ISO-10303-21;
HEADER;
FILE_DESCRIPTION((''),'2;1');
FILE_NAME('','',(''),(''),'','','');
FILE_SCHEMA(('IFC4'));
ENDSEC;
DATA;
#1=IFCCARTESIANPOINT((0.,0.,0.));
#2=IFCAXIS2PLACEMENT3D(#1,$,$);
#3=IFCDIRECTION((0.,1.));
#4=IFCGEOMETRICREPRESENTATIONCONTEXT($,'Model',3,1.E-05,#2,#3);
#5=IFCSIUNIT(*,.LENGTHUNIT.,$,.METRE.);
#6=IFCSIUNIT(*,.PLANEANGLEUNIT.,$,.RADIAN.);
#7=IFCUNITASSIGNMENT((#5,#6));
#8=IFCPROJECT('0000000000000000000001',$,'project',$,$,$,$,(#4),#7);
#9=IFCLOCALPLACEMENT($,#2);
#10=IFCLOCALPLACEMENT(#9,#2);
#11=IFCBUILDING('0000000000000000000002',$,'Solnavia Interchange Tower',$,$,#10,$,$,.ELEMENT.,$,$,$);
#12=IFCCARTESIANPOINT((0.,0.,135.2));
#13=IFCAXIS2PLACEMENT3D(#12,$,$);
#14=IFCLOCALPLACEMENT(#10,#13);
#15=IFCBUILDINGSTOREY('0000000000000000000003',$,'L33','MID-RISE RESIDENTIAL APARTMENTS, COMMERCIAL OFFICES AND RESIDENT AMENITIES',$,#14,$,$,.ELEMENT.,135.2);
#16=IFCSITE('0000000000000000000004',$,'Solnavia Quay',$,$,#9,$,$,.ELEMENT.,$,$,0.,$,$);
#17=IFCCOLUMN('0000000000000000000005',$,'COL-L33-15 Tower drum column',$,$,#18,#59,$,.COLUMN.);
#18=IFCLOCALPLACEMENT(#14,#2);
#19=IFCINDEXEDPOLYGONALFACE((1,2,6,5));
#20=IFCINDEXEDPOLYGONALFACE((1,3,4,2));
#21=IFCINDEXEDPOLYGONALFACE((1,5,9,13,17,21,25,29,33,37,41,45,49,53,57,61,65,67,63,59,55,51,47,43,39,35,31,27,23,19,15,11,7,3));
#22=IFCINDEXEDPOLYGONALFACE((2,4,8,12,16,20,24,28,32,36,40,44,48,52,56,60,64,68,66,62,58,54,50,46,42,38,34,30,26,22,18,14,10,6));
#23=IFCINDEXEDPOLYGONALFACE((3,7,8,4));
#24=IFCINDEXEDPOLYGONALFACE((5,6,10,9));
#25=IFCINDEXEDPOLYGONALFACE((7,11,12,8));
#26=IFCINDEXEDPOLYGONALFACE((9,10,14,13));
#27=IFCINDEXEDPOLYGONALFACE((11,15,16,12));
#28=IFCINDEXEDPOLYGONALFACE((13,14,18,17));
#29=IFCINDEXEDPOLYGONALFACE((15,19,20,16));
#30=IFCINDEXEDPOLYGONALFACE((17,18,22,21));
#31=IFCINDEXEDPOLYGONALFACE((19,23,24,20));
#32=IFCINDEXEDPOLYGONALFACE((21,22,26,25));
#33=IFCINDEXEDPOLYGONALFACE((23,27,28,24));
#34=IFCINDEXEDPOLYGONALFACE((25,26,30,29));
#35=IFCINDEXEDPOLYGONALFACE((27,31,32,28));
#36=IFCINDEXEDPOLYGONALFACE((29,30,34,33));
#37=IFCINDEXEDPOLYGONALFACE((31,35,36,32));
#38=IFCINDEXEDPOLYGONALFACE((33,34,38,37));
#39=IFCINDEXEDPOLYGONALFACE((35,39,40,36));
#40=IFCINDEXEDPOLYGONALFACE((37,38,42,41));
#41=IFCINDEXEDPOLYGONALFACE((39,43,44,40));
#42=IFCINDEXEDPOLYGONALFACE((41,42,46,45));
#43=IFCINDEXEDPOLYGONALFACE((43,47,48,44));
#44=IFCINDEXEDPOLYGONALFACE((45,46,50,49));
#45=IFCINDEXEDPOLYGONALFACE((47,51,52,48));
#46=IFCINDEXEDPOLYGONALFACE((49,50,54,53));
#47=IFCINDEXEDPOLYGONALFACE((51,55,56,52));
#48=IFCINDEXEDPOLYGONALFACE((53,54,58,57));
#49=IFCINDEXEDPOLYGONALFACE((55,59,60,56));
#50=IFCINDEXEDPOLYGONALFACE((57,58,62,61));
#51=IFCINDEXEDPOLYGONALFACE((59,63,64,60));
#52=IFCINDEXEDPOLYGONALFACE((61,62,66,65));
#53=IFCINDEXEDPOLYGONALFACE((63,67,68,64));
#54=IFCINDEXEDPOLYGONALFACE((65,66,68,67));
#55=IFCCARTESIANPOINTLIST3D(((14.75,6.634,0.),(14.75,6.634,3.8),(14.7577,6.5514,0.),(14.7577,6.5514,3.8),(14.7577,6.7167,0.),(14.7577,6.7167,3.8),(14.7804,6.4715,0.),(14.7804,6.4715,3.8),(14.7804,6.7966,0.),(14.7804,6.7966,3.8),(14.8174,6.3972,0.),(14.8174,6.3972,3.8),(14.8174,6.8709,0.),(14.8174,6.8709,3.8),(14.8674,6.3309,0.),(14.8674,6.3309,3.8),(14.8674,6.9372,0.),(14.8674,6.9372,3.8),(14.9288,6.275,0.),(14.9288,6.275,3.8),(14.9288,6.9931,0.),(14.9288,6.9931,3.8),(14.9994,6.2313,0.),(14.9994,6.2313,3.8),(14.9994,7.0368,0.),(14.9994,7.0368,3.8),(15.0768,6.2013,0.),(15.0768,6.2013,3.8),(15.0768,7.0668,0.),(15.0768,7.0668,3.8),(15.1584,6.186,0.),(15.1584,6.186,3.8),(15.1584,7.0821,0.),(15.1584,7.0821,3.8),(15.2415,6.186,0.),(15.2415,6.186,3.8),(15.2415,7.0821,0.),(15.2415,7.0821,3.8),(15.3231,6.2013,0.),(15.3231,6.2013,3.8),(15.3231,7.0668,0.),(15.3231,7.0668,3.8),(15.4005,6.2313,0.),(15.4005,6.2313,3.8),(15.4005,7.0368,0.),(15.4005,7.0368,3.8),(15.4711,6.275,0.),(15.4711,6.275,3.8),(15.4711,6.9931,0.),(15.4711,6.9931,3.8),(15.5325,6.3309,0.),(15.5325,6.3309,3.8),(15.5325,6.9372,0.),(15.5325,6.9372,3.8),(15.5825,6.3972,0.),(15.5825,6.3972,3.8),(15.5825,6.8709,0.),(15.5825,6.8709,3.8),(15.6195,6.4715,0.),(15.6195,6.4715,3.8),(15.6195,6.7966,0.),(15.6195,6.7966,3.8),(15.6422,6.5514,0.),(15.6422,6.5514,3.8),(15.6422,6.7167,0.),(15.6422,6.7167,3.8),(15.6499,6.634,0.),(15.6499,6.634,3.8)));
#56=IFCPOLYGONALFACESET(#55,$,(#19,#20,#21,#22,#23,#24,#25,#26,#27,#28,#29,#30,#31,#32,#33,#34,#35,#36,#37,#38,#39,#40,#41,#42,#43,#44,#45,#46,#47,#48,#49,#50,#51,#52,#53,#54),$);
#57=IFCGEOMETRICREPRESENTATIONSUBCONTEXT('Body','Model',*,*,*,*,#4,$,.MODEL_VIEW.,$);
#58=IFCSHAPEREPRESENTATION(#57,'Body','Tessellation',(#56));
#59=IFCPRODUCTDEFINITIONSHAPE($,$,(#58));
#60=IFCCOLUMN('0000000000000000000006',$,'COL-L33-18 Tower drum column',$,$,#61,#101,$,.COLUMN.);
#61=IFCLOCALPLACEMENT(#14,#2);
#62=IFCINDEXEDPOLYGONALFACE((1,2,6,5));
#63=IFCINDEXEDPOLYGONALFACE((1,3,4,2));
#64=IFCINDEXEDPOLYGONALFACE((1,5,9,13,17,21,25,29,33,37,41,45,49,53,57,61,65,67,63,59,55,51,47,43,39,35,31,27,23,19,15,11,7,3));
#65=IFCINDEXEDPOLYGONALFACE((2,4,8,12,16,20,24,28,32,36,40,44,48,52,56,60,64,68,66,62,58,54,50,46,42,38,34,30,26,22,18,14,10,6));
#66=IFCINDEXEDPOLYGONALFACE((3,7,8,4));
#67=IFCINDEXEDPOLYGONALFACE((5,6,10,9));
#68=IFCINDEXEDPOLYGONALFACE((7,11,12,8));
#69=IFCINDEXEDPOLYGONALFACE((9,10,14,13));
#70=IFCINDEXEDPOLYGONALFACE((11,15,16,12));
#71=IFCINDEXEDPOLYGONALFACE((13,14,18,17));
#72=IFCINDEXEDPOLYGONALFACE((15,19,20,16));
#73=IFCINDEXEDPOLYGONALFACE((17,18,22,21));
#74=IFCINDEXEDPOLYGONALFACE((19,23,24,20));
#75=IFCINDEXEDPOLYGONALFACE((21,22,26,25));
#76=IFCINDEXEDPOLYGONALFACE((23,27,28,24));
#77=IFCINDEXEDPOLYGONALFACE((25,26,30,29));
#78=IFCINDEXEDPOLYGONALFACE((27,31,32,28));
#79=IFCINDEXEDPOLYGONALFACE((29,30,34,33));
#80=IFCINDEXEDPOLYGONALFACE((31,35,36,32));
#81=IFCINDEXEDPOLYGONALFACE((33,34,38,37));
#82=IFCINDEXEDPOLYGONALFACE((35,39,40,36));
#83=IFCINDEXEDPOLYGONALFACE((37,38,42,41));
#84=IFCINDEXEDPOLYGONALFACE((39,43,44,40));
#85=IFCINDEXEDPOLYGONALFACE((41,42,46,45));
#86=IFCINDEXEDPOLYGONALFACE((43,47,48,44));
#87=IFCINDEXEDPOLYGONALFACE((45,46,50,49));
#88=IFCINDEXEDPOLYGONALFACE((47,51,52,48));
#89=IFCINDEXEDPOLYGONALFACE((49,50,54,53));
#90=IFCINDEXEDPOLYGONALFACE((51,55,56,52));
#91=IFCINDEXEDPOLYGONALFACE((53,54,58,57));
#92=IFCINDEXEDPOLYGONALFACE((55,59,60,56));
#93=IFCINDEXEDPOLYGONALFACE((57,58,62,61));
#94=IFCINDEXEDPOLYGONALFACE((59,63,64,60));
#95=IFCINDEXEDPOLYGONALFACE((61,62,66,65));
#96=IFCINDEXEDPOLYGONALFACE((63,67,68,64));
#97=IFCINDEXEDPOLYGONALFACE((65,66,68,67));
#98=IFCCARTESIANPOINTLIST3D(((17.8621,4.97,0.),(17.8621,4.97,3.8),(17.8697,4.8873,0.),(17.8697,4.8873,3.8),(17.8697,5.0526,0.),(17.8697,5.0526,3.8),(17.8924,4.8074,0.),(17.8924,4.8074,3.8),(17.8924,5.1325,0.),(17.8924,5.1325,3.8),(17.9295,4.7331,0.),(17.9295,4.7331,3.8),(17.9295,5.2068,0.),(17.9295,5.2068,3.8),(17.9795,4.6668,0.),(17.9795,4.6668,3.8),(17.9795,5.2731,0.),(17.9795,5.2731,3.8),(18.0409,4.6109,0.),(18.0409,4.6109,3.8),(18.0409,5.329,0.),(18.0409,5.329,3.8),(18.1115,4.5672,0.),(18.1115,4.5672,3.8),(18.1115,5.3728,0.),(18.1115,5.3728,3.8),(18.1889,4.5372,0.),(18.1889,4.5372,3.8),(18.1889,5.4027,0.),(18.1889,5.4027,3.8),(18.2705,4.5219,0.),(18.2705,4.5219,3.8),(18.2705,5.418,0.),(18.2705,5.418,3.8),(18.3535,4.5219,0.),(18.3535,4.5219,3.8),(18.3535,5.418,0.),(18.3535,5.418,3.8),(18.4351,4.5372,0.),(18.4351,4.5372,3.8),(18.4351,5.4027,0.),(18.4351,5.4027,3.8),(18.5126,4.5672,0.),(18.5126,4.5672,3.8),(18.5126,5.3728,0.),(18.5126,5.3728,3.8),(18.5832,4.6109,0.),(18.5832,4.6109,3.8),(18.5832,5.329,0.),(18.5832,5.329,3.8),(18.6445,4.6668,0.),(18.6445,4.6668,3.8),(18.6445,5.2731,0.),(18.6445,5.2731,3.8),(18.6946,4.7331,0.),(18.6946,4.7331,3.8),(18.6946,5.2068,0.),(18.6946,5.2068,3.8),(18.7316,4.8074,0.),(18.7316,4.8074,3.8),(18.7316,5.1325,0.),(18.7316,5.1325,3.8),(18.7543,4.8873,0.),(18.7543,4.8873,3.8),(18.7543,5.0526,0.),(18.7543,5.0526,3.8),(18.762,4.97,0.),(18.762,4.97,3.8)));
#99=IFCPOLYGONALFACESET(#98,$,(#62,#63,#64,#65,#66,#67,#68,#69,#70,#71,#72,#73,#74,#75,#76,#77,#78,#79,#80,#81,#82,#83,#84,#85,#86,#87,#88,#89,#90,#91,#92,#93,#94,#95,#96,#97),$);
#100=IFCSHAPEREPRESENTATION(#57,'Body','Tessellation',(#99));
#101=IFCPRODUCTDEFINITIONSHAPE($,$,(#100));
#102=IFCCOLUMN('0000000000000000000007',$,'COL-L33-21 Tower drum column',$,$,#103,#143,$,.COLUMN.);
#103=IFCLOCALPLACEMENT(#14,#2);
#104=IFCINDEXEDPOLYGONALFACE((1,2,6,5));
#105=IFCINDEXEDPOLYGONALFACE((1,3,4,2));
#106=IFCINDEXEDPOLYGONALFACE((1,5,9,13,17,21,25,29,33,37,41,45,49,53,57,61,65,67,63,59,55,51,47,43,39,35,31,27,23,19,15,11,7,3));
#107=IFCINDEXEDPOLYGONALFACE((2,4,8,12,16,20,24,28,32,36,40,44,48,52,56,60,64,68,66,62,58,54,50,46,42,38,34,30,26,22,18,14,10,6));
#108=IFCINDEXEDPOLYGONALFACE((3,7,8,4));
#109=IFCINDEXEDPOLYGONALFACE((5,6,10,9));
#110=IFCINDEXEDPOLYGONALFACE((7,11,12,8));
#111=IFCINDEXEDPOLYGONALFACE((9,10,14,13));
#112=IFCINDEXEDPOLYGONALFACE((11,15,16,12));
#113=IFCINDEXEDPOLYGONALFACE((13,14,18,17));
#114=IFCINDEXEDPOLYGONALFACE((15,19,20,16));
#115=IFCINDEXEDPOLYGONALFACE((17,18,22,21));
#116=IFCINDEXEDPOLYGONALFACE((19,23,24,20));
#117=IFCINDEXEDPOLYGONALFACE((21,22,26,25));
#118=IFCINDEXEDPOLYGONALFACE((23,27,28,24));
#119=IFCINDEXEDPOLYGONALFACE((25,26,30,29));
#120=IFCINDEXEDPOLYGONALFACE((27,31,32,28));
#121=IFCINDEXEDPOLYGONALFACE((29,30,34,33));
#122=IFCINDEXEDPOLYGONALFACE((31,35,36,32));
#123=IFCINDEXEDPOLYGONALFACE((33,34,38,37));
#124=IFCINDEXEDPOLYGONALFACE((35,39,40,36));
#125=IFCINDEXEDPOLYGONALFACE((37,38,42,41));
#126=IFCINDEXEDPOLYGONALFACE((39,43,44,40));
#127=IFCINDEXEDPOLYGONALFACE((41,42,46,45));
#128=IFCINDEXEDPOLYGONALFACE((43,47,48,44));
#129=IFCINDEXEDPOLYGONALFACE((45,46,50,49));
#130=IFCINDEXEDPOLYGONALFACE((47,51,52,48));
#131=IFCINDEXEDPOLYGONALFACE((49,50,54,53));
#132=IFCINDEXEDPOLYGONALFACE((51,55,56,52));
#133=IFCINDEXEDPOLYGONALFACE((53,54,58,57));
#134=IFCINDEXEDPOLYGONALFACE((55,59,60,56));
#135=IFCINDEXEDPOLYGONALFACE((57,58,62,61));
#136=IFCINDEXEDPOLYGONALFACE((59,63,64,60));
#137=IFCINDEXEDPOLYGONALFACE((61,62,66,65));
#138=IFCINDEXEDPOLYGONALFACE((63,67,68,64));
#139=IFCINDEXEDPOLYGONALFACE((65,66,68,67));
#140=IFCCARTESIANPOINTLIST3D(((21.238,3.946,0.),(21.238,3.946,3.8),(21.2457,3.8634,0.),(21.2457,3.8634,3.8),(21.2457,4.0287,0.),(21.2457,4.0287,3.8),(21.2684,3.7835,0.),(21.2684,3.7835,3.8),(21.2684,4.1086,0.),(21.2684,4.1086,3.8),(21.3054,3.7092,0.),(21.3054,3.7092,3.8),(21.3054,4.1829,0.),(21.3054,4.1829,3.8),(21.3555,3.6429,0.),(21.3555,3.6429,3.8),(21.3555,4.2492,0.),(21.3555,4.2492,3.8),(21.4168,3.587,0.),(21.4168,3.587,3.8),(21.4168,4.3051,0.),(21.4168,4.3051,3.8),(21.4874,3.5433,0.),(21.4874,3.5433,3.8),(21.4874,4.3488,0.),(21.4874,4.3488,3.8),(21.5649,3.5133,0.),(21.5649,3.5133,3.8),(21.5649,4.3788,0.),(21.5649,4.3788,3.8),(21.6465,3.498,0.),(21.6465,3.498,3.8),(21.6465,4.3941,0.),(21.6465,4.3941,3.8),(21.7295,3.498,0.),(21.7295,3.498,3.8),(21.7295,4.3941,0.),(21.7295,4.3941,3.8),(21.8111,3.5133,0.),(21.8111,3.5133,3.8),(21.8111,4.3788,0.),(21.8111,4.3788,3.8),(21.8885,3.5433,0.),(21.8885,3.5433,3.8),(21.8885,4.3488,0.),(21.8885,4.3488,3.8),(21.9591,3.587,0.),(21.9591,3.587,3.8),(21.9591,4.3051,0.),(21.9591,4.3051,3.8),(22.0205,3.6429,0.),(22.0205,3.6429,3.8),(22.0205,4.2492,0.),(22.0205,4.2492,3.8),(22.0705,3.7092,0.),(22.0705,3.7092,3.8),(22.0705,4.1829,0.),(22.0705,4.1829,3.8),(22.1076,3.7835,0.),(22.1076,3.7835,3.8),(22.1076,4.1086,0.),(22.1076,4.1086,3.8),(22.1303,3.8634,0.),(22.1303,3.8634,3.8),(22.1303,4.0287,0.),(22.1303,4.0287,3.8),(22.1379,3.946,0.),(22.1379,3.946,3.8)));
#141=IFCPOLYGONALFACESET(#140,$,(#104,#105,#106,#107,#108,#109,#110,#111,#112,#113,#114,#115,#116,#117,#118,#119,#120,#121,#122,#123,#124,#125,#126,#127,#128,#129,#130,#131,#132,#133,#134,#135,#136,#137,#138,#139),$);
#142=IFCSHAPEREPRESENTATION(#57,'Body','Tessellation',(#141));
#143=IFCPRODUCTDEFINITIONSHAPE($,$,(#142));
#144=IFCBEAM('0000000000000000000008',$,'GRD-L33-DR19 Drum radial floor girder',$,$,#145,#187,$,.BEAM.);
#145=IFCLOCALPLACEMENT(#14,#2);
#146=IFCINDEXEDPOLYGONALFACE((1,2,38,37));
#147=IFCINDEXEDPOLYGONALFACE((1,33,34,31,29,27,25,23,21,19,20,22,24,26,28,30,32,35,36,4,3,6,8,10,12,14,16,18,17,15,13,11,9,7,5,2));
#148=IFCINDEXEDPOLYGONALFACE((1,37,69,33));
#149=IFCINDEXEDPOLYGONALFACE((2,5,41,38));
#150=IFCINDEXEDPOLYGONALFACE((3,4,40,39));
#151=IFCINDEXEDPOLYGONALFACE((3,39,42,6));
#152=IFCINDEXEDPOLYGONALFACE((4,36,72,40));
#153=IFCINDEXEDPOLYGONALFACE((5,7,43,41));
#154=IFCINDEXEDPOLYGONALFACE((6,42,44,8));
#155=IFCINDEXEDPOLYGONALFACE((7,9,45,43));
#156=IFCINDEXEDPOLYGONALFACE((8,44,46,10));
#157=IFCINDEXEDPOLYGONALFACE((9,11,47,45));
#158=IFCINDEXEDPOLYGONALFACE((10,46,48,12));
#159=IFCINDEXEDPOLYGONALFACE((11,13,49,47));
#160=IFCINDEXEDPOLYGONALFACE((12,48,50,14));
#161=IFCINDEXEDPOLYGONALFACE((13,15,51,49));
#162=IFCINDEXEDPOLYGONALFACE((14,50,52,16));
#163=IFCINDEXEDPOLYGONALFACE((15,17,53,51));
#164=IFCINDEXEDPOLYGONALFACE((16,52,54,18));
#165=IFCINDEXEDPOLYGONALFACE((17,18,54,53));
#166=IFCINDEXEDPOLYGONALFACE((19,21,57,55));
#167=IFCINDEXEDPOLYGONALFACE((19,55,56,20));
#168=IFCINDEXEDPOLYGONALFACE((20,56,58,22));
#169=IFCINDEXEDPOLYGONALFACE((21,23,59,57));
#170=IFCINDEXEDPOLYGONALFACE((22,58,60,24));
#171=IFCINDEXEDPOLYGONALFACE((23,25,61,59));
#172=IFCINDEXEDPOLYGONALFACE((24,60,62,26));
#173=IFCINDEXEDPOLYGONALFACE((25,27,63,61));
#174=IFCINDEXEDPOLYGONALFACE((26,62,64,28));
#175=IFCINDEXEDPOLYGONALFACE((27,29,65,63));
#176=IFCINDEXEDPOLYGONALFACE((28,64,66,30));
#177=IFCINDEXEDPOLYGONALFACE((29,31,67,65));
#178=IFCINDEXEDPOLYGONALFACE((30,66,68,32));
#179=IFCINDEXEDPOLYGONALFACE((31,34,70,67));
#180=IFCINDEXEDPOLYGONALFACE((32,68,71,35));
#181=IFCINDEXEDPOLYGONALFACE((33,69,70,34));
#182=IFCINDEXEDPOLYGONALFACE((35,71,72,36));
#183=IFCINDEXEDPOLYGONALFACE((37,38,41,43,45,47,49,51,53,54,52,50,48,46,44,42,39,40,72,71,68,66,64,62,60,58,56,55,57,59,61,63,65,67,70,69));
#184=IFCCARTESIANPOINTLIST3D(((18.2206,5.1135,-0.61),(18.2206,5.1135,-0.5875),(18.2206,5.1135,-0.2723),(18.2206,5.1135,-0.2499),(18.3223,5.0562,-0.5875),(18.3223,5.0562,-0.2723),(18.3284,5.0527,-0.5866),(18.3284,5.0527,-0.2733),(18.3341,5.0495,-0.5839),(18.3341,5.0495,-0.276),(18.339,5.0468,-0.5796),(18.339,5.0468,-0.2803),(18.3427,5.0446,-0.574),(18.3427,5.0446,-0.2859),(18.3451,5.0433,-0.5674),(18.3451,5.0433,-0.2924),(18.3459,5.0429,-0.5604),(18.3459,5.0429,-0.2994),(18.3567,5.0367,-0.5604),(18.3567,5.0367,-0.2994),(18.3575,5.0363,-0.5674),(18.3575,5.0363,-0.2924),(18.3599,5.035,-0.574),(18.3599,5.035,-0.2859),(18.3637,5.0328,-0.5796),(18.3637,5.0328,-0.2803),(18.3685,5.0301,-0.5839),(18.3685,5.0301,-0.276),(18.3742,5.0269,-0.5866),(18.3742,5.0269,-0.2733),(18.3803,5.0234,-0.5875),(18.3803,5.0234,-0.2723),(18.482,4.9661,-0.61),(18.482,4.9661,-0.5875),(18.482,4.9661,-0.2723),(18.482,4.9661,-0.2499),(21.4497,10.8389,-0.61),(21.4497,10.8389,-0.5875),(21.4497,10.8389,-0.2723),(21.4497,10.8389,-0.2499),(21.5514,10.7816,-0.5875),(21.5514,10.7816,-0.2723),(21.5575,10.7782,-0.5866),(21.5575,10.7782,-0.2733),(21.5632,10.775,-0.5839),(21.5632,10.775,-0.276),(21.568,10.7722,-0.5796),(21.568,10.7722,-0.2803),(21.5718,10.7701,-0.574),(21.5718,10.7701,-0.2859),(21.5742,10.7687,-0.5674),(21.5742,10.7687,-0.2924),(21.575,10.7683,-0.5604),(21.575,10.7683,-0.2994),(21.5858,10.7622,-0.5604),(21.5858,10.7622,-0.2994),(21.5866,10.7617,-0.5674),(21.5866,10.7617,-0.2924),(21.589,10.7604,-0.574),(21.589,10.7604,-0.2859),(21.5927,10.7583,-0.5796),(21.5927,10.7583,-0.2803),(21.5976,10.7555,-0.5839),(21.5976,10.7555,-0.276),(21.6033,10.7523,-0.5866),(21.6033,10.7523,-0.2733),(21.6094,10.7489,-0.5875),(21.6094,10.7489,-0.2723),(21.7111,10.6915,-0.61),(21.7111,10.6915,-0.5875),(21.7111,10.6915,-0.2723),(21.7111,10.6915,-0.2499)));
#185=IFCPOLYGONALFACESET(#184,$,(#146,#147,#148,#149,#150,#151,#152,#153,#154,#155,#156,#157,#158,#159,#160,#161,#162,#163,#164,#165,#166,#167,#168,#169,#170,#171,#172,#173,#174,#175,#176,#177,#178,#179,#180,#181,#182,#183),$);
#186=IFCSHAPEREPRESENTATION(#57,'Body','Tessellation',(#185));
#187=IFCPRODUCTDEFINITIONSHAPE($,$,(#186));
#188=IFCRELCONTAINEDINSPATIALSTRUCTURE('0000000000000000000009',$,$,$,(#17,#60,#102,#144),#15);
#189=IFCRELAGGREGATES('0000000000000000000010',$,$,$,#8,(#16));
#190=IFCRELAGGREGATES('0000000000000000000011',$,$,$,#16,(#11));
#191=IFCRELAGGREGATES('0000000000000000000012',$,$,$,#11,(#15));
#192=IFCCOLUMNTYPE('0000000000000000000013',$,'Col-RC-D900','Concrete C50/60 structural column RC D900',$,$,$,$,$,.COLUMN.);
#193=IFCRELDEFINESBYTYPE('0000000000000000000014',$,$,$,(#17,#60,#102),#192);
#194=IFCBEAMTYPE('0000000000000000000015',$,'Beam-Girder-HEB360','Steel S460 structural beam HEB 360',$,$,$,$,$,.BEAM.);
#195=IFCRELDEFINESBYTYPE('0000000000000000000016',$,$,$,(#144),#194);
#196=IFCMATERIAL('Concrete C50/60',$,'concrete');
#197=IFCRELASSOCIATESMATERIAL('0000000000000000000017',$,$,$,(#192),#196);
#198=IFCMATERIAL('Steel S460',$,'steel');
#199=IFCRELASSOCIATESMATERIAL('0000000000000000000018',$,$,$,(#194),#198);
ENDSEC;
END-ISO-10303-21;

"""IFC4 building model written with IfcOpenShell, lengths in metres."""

from ifc_helpers import new_model, si_unit, direction, frame, origin, origin_2d, place, context, subcontext, project, spatial, circle, i_section, extrude, material, material_profile, profile_set, type_object, element, save


model = new_model("IFC4")

# Units and contexts
model_context = context("Model", 3, precision=1e-05, world=origin(), true_north=direction((0.0, 1.0)))
body_context = subcontext(model_context, "Body", "Model", "MODEL_VIEW")
ifc_project = project(units=[si_unit("LENGTHUNIT", "METRE"), si_unit("PLANEANGLEUNIT", "RADIAN")], contexts=[model_context])

# Site, building, storey
site_placement = place(None, origin())
site = spatial("IfcSite", under=ifc_project, at=site_placement, Name="Solnavia Quay", CompositionType="ELEMENT", RefElevation=0.0)
building_placement = place(site_placement, origin())
building = spatial("IfcBuilding", under=site, at=building_placement, Name="Solnavia Interchange Tower", CompositionType="ELEMENT")
storey_placement = place(building_placement, frame((0.0, 0.0, 135.2)))
storey = spatial("IfcBuildingStorey", under=building, at=storey_placement, Name="L33", Description="MID-RISE RESIDENTIAL APARTMENTS, COMMERCIAL OFFICES AND RESIDENT AMENITIES", CompositionType="ELEMENT", Elevation=135.2)

# Columns
ifc_material_1 = material(Name="Concrete C50/60", Category="concrete")
ifc_material_profile_1 = material_profile(ifc_material_1, circle(Radius=0.45, at=origin_2d()), Name="RC D900")
ifc_profile_set_1 = profile_set([ifc_material_profile_1], Name="Concrete C50/60")
column_type = type_object("IfcColumnType", Name="Col-RC-D900", Description="Concrete C50/60 structural column RC D900", PredefinedType="COLUMN", material=ifc_profile_set_1)
for number, where, z_axis, x_axis, name in (
    (1, (15.2, 6.634, 0.0), (0.0, 0.0, 1.0), (1.0, 0.0, 0.0), "COL-L33-15 Tower drum column"),
    (2, (18.312, 4.97, 0.0), (0.0, 0.0, 1.0), (1.0, 0.0, 0.0), "COL-L33-18 Tower drum column"),
    (3, (21.688, 3.946, 0.0), (0.0, 0.0, 1.0), (1.0, 0.0, 0.0), "COL-L33-21 Tower drum column"),
):
    element("IfcColumn", number, at=place(storey_placement, frame(where, z_axis=z_axis, x_axis=x_axis)), inside=storey, type_object=column_type, Name=name, PredefinedType="COLUMN", context=body_context, shape_type="SweptSolid", body=[
        extrude(circle(Radius=0.45, at=origin_2d()), origin(), (0.0, 0.0, 1.0), 3.8),
    ])

# Beam
ifc_material_2 = material(Name="Steel S460", Category="steel")
ifc_material_profile_2 = material_profile(ifc_material_2, i_section(OverallWidth=0.3, OverallDepth=0.3601, WebThickness=0.0125, FlangeThickness=0.0225, FilletRadius=0.0271, at=origin_2d()), Name="HEB 360")
ifc_profile_set_2 = profile_set([ifc_material_profile_2], Name="Steel S460")
beam_type_1 = type_object("IfcBeamType", Name="Beam-Girder-HEB360", Description="Steel S460 structural beam HEB 360", PredefinedType="BEAM", material=ifc_profile_set_2)
beam_1_placement = place(storey_placement, frame((18.3513, 5.0398, -0.4299), z_axis=(0.491243, 0.871022, 0.0), x_axis=(-0.871022, 0.491243, 0.0)))
element("IfcBeam", 4, at=beam_1_placement, inside=storey, type_object=beam_type_1, Name="GRD-L33-DR19 Drum radial floor girder", PredefinedType="BEAM", context=body_context, shape_type="SweptSolid", body=[
    extrude(i_section(OverallWidth=0.3, OverallDepth=0.3601, WebThickness=0.0125, FlangeThickness=0.0225, FilletRadius=0.0271, at=origin_2d()), origin(), (0.0, 0.0, 1.0), 6.5732),
])

save(model, "model.ifc")
